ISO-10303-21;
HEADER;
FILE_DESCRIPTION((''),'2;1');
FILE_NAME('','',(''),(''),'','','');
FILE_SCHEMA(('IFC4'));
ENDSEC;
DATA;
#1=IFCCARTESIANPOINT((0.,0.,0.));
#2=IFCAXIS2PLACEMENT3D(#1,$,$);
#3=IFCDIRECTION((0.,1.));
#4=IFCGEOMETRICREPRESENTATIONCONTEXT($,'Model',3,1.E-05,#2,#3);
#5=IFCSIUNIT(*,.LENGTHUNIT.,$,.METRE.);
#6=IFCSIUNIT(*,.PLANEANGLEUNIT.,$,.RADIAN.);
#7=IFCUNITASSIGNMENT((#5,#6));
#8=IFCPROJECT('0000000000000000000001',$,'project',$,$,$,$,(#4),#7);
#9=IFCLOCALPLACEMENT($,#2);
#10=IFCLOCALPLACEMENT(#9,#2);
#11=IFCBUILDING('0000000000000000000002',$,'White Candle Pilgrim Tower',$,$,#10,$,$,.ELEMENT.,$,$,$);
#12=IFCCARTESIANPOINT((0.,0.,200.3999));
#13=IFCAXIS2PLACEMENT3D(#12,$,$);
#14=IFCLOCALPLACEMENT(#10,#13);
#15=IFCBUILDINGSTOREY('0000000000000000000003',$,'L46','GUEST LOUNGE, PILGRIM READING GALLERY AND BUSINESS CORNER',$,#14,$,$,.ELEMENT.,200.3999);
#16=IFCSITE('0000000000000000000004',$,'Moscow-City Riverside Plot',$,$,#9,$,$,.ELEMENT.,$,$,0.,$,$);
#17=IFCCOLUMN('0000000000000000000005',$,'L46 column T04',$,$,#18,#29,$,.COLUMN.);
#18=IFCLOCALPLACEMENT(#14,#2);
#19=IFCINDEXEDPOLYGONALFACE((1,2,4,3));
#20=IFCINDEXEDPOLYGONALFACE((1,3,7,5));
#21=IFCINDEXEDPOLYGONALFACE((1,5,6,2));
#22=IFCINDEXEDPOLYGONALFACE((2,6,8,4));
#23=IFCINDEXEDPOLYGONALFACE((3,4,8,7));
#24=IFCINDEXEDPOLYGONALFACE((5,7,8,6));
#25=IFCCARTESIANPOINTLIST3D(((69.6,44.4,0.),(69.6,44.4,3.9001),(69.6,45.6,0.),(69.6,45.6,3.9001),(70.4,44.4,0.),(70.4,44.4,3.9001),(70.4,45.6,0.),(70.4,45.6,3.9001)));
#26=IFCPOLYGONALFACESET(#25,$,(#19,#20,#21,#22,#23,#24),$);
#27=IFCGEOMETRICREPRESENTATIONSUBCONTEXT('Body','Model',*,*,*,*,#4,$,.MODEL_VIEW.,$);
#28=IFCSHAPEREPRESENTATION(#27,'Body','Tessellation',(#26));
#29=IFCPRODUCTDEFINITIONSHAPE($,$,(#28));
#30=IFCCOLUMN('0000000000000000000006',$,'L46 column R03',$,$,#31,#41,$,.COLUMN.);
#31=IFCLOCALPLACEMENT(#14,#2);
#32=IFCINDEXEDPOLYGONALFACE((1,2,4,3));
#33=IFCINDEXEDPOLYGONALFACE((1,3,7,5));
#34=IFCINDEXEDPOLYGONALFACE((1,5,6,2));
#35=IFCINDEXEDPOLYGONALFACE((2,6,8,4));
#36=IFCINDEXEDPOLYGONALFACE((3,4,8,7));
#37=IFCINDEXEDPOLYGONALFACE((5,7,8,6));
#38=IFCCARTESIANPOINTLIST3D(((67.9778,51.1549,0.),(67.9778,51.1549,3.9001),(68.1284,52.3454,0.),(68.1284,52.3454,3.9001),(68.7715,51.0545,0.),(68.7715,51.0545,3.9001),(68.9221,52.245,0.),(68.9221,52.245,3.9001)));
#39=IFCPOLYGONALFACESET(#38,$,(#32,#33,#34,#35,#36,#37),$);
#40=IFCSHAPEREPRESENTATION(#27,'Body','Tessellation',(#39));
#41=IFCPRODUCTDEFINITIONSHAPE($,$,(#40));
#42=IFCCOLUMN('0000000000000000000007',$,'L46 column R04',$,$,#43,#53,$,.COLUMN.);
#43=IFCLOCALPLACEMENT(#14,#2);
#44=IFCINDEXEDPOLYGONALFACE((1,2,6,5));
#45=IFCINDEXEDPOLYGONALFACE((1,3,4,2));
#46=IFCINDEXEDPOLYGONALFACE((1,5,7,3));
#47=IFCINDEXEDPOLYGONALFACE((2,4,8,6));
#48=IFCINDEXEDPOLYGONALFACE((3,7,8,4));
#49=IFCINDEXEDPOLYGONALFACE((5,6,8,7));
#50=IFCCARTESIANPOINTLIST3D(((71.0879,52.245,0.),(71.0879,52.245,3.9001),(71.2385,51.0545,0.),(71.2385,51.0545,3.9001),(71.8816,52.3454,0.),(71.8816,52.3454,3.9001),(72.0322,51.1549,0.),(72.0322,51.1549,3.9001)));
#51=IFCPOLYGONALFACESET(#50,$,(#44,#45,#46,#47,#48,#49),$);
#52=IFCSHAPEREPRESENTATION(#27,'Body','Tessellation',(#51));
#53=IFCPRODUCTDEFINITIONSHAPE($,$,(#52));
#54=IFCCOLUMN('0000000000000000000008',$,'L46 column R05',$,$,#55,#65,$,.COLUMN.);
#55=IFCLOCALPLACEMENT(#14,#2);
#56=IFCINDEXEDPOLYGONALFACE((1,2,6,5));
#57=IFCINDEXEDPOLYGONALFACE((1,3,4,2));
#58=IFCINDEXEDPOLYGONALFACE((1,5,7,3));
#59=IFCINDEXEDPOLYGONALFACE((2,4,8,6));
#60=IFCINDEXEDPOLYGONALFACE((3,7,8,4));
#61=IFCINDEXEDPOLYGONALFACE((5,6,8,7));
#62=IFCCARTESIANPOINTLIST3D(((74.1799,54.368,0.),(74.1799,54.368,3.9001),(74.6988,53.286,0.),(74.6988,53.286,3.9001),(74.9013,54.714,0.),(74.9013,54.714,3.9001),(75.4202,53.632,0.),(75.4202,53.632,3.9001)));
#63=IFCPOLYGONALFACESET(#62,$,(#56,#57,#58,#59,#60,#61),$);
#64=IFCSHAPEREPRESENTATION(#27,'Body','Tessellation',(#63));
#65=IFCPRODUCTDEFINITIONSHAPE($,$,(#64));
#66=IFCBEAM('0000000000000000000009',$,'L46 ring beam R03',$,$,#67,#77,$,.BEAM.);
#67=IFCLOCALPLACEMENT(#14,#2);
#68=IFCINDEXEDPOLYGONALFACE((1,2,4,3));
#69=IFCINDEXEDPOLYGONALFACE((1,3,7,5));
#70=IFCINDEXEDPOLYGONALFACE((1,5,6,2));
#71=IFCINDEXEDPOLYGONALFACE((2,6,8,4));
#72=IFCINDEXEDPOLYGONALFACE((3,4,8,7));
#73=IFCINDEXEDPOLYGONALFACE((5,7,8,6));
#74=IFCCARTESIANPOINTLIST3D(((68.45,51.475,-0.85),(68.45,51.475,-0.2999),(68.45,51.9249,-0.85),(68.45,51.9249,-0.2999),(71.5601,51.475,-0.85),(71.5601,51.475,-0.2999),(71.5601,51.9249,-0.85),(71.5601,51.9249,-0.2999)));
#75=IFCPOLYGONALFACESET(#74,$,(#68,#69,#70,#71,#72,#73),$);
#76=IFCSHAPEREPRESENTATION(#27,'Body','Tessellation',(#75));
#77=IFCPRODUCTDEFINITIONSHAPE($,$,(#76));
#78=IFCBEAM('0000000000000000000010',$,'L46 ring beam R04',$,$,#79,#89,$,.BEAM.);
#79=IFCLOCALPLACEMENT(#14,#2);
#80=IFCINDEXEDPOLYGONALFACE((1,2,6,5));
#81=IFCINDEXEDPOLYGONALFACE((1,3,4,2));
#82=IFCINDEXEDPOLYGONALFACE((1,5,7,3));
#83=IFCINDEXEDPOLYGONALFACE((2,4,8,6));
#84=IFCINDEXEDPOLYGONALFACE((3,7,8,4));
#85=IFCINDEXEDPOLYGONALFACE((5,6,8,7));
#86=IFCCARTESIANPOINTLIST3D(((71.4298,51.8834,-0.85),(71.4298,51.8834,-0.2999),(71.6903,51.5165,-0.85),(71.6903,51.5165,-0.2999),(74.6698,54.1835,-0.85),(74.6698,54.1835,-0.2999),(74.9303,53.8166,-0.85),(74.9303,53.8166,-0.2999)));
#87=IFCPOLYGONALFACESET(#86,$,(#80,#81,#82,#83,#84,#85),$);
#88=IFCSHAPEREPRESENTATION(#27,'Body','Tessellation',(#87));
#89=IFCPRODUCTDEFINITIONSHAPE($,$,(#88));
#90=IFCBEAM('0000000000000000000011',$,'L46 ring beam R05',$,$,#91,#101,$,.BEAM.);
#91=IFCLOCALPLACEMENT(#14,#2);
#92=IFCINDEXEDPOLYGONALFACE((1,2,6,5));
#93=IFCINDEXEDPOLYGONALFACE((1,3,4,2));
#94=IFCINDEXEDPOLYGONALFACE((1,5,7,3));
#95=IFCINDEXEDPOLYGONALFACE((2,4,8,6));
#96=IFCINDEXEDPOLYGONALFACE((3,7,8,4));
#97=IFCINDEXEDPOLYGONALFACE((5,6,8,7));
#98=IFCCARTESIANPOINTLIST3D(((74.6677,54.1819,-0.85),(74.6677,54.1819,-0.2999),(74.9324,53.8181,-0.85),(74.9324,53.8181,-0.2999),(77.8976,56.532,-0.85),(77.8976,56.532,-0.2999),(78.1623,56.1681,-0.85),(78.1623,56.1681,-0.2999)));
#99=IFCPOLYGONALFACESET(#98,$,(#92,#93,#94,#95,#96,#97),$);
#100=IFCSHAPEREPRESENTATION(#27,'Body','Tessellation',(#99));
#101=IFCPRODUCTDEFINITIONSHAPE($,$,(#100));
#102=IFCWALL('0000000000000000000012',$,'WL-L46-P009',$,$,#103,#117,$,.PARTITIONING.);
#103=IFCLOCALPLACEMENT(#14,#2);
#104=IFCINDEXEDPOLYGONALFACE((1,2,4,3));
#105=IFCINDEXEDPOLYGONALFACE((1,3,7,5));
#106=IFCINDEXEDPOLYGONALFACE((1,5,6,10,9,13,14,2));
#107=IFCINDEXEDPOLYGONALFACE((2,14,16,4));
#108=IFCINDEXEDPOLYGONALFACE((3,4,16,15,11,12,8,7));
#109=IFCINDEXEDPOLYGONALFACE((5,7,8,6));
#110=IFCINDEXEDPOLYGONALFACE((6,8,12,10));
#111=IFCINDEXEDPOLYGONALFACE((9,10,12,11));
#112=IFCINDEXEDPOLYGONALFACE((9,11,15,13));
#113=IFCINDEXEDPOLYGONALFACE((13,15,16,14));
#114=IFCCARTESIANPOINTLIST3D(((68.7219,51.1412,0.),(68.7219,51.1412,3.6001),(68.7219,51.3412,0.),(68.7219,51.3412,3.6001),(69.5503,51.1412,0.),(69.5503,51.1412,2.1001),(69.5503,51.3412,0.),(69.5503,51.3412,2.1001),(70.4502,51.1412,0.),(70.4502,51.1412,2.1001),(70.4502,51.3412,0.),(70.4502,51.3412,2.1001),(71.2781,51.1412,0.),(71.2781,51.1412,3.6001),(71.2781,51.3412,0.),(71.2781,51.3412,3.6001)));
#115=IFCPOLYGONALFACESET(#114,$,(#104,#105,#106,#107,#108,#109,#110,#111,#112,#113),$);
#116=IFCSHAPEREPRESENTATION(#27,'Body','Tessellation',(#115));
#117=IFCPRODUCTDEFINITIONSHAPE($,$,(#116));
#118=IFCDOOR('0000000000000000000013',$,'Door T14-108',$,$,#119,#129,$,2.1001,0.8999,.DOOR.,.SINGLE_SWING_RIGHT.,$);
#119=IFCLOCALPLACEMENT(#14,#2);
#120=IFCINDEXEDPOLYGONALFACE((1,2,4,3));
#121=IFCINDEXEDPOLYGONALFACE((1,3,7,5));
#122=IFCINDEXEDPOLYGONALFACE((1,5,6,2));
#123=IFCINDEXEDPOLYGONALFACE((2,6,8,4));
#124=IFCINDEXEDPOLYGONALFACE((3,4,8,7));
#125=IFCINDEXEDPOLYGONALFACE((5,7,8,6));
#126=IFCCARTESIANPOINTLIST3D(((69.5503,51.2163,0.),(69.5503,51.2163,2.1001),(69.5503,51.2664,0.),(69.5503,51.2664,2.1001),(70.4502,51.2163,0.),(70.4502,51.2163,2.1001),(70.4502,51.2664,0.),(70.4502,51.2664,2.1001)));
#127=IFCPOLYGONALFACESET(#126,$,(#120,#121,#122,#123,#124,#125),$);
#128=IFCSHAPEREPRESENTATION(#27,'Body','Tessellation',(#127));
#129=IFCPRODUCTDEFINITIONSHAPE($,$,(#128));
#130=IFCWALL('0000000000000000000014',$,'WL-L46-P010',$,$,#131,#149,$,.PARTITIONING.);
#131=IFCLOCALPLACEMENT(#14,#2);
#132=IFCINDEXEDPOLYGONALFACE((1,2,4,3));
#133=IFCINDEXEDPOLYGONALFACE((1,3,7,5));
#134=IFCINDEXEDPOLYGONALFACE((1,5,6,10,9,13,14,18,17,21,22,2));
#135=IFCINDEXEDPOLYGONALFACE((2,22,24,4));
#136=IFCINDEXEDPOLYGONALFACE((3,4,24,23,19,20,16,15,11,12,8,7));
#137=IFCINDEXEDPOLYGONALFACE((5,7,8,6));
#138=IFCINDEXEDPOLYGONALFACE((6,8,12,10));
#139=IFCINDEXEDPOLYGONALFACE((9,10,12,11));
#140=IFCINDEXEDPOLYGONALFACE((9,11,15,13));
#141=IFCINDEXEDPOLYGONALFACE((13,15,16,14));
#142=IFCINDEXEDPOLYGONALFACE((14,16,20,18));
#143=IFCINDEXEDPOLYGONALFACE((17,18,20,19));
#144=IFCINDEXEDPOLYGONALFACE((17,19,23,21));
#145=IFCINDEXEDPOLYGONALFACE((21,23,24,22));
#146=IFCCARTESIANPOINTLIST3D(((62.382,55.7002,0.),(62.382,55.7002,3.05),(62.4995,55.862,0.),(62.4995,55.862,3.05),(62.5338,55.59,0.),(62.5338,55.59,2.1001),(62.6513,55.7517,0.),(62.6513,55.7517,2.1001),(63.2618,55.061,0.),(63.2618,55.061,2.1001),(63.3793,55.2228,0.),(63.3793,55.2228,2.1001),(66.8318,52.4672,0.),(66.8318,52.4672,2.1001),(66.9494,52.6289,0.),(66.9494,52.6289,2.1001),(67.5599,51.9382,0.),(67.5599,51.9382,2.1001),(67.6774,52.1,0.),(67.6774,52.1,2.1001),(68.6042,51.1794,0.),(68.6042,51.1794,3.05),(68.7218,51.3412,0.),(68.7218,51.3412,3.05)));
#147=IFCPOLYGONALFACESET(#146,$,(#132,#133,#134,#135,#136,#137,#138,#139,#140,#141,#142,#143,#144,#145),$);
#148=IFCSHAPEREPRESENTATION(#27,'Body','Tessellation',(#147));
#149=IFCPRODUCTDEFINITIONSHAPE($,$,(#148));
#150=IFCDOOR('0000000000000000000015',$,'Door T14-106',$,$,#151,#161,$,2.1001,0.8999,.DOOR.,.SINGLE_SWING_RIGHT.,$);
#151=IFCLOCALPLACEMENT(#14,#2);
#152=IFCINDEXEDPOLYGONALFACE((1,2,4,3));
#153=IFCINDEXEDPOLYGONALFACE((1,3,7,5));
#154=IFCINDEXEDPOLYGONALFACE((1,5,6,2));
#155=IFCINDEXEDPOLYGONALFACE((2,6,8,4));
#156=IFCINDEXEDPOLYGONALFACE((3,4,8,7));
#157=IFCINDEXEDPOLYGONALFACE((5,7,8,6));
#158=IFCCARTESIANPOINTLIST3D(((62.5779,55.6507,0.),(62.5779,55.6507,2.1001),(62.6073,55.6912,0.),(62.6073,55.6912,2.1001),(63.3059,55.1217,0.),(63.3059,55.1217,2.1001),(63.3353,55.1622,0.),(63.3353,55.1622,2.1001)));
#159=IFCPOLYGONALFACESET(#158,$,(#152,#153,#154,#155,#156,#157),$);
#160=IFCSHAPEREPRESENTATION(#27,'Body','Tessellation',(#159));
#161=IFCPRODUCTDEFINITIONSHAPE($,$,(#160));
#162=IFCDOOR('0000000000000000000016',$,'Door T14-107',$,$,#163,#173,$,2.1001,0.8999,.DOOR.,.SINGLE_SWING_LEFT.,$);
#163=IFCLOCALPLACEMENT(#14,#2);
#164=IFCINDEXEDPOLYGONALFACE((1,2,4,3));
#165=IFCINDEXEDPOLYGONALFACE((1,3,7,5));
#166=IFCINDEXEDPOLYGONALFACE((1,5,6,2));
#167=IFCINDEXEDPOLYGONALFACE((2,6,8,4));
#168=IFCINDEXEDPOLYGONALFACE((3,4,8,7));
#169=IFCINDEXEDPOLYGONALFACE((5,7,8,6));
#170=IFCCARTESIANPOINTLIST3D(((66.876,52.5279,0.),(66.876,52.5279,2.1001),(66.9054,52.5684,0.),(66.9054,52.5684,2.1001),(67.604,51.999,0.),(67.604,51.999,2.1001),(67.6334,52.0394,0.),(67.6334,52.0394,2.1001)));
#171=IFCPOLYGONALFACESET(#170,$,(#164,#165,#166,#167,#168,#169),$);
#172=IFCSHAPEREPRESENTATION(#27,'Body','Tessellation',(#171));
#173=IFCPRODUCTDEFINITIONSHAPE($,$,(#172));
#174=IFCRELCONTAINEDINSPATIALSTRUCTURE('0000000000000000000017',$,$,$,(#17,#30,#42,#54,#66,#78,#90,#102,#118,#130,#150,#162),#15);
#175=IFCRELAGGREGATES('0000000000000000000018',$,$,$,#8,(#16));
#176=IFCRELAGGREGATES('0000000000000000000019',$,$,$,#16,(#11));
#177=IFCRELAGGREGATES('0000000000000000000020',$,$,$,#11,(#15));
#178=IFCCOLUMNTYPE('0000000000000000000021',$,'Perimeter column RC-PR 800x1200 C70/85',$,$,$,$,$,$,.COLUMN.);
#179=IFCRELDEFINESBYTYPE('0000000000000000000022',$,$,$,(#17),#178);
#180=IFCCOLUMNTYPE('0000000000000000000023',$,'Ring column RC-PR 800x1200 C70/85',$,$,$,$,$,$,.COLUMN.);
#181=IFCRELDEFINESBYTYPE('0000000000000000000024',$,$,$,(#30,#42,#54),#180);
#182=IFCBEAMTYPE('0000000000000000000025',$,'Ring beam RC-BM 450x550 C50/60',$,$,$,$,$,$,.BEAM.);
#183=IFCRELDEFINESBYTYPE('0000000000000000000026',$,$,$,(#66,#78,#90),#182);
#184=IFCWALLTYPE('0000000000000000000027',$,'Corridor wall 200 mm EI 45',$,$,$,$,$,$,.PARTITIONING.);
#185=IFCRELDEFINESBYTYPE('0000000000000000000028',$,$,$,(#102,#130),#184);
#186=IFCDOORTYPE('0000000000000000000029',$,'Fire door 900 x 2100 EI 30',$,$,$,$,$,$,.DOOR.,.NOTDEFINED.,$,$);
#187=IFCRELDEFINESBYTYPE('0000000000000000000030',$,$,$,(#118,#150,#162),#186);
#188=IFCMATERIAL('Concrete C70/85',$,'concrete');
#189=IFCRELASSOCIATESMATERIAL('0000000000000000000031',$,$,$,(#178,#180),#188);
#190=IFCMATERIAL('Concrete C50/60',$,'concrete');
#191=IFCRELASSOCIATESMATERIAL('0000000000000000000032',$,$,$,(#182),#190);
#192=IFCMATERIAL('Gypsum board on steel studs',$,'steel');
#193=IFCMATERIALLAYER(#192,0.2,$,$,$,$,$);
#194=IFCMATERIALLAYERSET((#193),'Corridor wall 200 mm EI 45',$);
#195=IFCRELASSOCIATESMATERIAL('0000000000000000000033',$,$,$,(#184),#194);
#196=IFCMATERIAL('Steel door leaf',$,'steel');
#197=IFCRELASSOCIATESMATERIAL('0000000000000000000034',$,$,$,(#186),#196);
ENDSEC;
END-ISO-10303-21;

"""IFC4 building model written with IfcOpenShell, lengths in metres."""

from ifc_helpers import new_model, si_unit, direction, frame, frame_2d, origin, origin_2d, place, context, subcontext, project, spatial, rectangle, extrude, material, layer, layer_set, material_profile, profile_set, type_object, element, fill, save


model = new_model("IFC4")

# Units and contexts
model_context = context("Model", 3, precision=1e-05, world=origin(), true_north=direction((0.0, 1.0)))
body_context = subcontext(model_context, "Body", "Model", "MODEL_VIEW")
ifc_project = project(units=[si_unit("LENGTHUNIT", "METRE"), si_unit("PLANEANGLEUNIT", "RADIAN")], contexts=[model_context])

# Site, building, storey
site_placement = place(None, origin())
site = spatial("IfcSite", under=ifc_project, at=site_placement, Name="Moscow-City Riverside Plot", CompositionType="ELEMENT", RefElevation=0.0)
building_placement = place(site_placement, origin())
building = spatial("IfcBuilding", under=site, at=building_placement, Name="White Candle Pilgrim Tower", CompositionType="ELEMENT")
storey_placement = place(building_placement, frame((0.0, 0.0, 200.3999)))
storey = spatial("IfcBuildingStorey", under=building, at=storey_placement, Name="L46", Description="GUEST LOUNGE, PILGRIM READING GALLERY AND BUSINESS CORNER", CompositionType="ELEMENT", Elevation=200.3999)

# Columns
ifc_material_1 = material(Name="Concrete C70/85", Category="concrete")
ifc_material_profile_1 = material_profile(ifc_material_1, rectangle(XDim=0.8, YDim=1.2, at=origin_2d()), Name="RC-PR 800x1200")
ifc_profile_set_1 = profile_set([ifc_material_profile_1], Name="Concrete C70/85")
column_type_1 = type_object("IfcColumnType", Name="Perimeter column RC-PR 800x1200 C70/85", PredefinedType="COLUMN", material=ifc_profile_set_1)
column_placement = place(storey_placement, frame((70.0, 45.0, 0.0), z_axis=(0.0, 0.0, 1.0), x_axis=(-1.0, 0.0, 0.0)))
element("IfcColumn", 1, at=column_placement, inside=storey, type_object=column_type_1, Name="L46 column T04", PredefinedType="COLUMN", context=body_context, shape_type="SweptSolid", body=[
    extrude(rectangle(XDim=0.8, YDim=1.2, at=origin_2d()), origin(), (0.0, 0.0, 1.0), 3.9001),
])
ifc_material_profile_2 = material_profile(ifc_material_1, rectangle(XDim=0.8, YDim=1.2, at=origin_2d()), Name="RC-PR 800x1200")
ifc_profile_set_2 = profile_set([ifc_material_profile_2], Name="Concrete C70/85")
column_type_2 = type_object("IfcColumnType", Name="Ring column RC-PR 800x1200 C70/85", PredefinedType="COLUMN", material=ifc_profile_set_2)
for number, where, z_axis, x_axis, name in (
    (2, (68.45, 51.7, 0.0), (0.0, 0.0, 1.0), (-0.992093, 0.125506, 0.0), "L46 column R03"),
    (3, (71.5601, 51.7, 0.0), (0.0, 0.0, 1.0), (-0.992093, -0.125506, 0.0), "L46 column R04"),
    (4, (74.8, 54.0, 0.0), (0.0, 0.0, 1.0), (-0.901689, -0.432385, 0.0), "L46 column R05"),
):
    element("IfcColumn", number, at=place(storey_placement, frame(where, z_axis=z_axis, x_axis=x_axis)), inside=storey, type_object=column_type_2, Name=name, PredefinedType="COLUMN", context=body_context, shape_type="SweptSolid", body=[
        extrude(rectangle(XDim=0.8, YDim=1.2, at=origin_2d()), origin(), (0.0, 0.0, 1.0), 3.9001),
    ])

# Beams
ifc_material_2 = material(Name="Concrete C50/60", Category="concrete")
ifc_material_profile_3 = material_profile(ifc_material_2, rectangle(XDim=0.45, YDim=0.55, at=origin_2d()), Name="RC-BM 450x550")
ifc_profile_set_3 = profile_set([ifc_material_profile_3], Name="Concrete C50/60")
beam_type = type_object("IfcBeamType", Name="Ring beam RC-BM 450x550 C50/60", PredefinedType="BEAM", material=ifc_profile_set_3)
beam_1_placement = place(storey_placement, frame((68.45, 51.7, -0.575), z_axis=(1.0, 0.0, 0.0), x_axis=(0.0, 1.0, 0.0)))
element("IfcBeam", 5, at=beam_1_placement, inside=storey, type_object=beam_type, Name="L46 ring beam R03", PredefinedType="BEAM", context=body_context, shape_type="SweptSolid", body=[
    extrude(rectangle(XDim=0.45, YDim=0.55, at=origin_2d()), origin(), (0.0, 0.0, 1.0), 3.1101),
])
beam_2_placement = place(storey_placement, frame((71.5601, 51.7, -0.575), z_axis=(0.815424, 0.578864, 0.0), x_axis=(-0.578864, 0.815424, 0.0)))
element("IfcBeam", 6, at=beam_2_placement, inside=storey, type_object=beam_type, Name="L46 ring beam R04", PredefinedType="BEAM", context=body_context, shape_type="SweptSolid", body=[
    extrude(rectangle(XDim=0.45, YDim=0.55, at=origin_2d()), origin(), (0.0, 0.0, 1.0), 3.9734),
])
beam_3_placement = place(storey_placement, frame((74.8, 54.0, -0.575), z_axis=(0.808614, 0.588339, 0.0), x_axis=(-0.588339, 0.808614, 0.0)))
element("IfcBeam", 7, at=beam_3_placement, inside=storey, type_object=beam_type, Name="L46 ring beam R05", PredefinedType="BEAM", context=body_context, shape_type="SweptSolid", body=[
    extrude(rectangle(XDim=0.45, YDim=0.55, at=origin_2d()), origin(), (0.0, 0.0, 1.0), 3.9944),
])

# Wall, opening, door
ifc_material_3 = material(Name="Gypsum board on steel studs", Category="steel")
ifc_layer_1 = layer(ifc_material_3, 0.2)
ifc_layer_set_1 = layer_set([ifc_layer_1], Name="Corridor wall 200 mm EI 45")
wall_type_1 = type_object("IfcWallType", Name="Corridor wall 200 mm EI 45", PredefinedType="PARTITIONING", material=ifc_layer_set_1)
wall_1_placement = place(storey_placement, frame((71.2781, 51.2412, 0.0), z_axis=(0.0, 0.0, 1.0), x_axis=(-1.0, 0.0, 0.0)))
wall_1 = element("IfcWall", 8, at=wall_1_placement, inside=storey, type_object=wall_type_1, Name="WL-L46-P009", PredefinedType="PARTITIONING", context=body_context, shape_type="SweptSolid", body=[
    extrude(rectangle(XDim=2.5562, YDim=0.2, at=frame_2d((1.2781, 0.0))), origin(), (0.0, 0.0, 1.0), 3.6001),
])
opening_1_placement = place(wall_1_placement, frame((0.8279, 0.0, 0.0)))
opening_1 = element("IfcOpeningElement", 9, at=opening_1_placement, cuts=wall_1, PredefinedType="OPENING", context=body_context, shape_type="SweptSolid", body=[
    extrude(rectangle(XDim=0.8999, YDim=2.1001, at=frame_2d((0.45, 1.05))), frame((0.0, 0.1099, 0.0), z_axis=(0.0, -1.0, 0.0), x_axis=(1.0, 0.0, 0.0)), (0.0, 0.0, 1.0), 0.22),
])
ifc_material_4 = material(Name="Steel door leaf", Category="steel")
door_type = type_object("IfcDoorType", Name="Fire door 900 x 2100 EI 30", OperationType="NOTDEFINED", PredefinedType="DOOR", material=ifc_material_4)
door_1_placement = place(opening_1_placement, origin())
door_1 = element("IfcDoor", 10, at=door_1_placement, inside=storey, type_object=door_type, Name="Door T14-108", OperationType="SINGLE_SWING_RIGHT", OverallHeight=2.1001, OverallWidth=0.8999, PredefinedType="DOOR", context=body_context, shape_type="SweptSolid", body=[
    extrude(rectangle(XDim=0.8999, YDim=2.1001, at=frame_2d((0.45, 1.05))), frame((0.0, 0.0249, 0.0), z_axis=(0.0, -1.0, 0.0), x_axis=(1.0, 0.0, 0.0)), (0.0, 0.0, 1.0), 0.05),
])
fill(opening_1, door_1)

# Wall, openings, doors
wall_2_placement = place(storey_placement, frame((68.6631, 51.2603, 0.0), z_axis=(0.0, 0.0, 1.0), x_axis=(-0.809012, 0.587792, 0.0)))
wall_2 = element("IfcWall", 11, at=wall_2_placement, inside=storey, type_object=wall_type_1, Name="WL-L46-P010", PredefinedType="PARTITIONING", context=body_context, shape_type="SweptSolid", body=[
    extrude(rectangle(XDim=7.6912, YDim=0.2, at=frame_2d((3.8457, 0.0))), origin(), (0.0, 0.0, 1.0), 3.05),
])
opening_2_placement = place(wall_2_placement, frame((6.6038, 0.0, 0.0)))
opening_2 = element("IfcOpeningElement", 12, at=opening_2_placement, cuts=wall_2, PredefinedType="OPENING", context=body_context, shape_type="SweptSolid", body=[
    extrude(rectangle(XDim=0.8999, YDim=2.1001, at=frame_2d((0.45, 1.05))), frame((0.0, 0.1099, 0.0), z_axis=(0.0, -1.0, 0.0), x_axis=(1.0, 0.0, 0.0)), (0.0, 0.0, 1.0), 0.22),
])
opening_3_placement = place(wall_2_placement, frame((1.291, 0.0, 0.0)))
opening_3 = element("IfcOpeningElement", 13, at=opening_3_placement, cuts=wall_2, PredefinedType="OPENING", context=body_context, shape_type="SweptSolid", body=[
    extrude(rectangle(XDim=0.8999, YDim=2.1001, at=frame_2d((0.45, 1.05))), frame((0.0, 0.1099, 0.0), z_axis=(0.0, -1.0, 0.0), x_axis=(1.0, 0.0, 0.0)), (0.0, 0.0, 1.0), 0.22),
])
door_2_placement = place(opening_2_placement, origin())
door_2 = element("IfcDoor", 14, at=door_2_placement, inside=storey, type_object=door_type, Name="Door T14-106", OperationType="SINGLE_SWING_RIGHT", OverallHeight=2.1001, OverallWidth=0.8999, PredefinedType="DOOR", context=body_context, shape_type="SweptSolid", body=[
    extrude(rectangle(XDim=0.8999, YDim=2.1001, at=frame_2d((0.45, 1.05))), frame((0.0, 0.0249, 0.0), z_axis=(0.0, -1.0, 0.0), x_axis=(1.0, 0.0, 0.0)), (0.0, 0.0, 1.0), 0.05),
])
fill(opening_2, door_2)
door_3_placement = place(opening_3_placement, origin())
door_3 = element("IfcDoor", 15, at=door_3_placement, inside=storey, type_object=door_type, Name="Door T14-107", OperationType="SINGLE_SWING_LEFT", OverallHeight=2.1001, OverallWidth=0.8999, PredefinedType="DOOR", context=body_context, shape_type="SweptSolid", body=[
    extrude(rectangle(XDim=0.8999, YDim=2.1001, at=frame_2d((0.45, 1.05))), frame((0.0, 0.0249, 0.0), z_axis=(0.0, -1.0, 0.0), x_axis=(1.0, 0.0, 0.0)), (0.0, 0.0, 1.0), 0.05),
])
fill(opening_3, door_3)

save(model, "model.ifc")
